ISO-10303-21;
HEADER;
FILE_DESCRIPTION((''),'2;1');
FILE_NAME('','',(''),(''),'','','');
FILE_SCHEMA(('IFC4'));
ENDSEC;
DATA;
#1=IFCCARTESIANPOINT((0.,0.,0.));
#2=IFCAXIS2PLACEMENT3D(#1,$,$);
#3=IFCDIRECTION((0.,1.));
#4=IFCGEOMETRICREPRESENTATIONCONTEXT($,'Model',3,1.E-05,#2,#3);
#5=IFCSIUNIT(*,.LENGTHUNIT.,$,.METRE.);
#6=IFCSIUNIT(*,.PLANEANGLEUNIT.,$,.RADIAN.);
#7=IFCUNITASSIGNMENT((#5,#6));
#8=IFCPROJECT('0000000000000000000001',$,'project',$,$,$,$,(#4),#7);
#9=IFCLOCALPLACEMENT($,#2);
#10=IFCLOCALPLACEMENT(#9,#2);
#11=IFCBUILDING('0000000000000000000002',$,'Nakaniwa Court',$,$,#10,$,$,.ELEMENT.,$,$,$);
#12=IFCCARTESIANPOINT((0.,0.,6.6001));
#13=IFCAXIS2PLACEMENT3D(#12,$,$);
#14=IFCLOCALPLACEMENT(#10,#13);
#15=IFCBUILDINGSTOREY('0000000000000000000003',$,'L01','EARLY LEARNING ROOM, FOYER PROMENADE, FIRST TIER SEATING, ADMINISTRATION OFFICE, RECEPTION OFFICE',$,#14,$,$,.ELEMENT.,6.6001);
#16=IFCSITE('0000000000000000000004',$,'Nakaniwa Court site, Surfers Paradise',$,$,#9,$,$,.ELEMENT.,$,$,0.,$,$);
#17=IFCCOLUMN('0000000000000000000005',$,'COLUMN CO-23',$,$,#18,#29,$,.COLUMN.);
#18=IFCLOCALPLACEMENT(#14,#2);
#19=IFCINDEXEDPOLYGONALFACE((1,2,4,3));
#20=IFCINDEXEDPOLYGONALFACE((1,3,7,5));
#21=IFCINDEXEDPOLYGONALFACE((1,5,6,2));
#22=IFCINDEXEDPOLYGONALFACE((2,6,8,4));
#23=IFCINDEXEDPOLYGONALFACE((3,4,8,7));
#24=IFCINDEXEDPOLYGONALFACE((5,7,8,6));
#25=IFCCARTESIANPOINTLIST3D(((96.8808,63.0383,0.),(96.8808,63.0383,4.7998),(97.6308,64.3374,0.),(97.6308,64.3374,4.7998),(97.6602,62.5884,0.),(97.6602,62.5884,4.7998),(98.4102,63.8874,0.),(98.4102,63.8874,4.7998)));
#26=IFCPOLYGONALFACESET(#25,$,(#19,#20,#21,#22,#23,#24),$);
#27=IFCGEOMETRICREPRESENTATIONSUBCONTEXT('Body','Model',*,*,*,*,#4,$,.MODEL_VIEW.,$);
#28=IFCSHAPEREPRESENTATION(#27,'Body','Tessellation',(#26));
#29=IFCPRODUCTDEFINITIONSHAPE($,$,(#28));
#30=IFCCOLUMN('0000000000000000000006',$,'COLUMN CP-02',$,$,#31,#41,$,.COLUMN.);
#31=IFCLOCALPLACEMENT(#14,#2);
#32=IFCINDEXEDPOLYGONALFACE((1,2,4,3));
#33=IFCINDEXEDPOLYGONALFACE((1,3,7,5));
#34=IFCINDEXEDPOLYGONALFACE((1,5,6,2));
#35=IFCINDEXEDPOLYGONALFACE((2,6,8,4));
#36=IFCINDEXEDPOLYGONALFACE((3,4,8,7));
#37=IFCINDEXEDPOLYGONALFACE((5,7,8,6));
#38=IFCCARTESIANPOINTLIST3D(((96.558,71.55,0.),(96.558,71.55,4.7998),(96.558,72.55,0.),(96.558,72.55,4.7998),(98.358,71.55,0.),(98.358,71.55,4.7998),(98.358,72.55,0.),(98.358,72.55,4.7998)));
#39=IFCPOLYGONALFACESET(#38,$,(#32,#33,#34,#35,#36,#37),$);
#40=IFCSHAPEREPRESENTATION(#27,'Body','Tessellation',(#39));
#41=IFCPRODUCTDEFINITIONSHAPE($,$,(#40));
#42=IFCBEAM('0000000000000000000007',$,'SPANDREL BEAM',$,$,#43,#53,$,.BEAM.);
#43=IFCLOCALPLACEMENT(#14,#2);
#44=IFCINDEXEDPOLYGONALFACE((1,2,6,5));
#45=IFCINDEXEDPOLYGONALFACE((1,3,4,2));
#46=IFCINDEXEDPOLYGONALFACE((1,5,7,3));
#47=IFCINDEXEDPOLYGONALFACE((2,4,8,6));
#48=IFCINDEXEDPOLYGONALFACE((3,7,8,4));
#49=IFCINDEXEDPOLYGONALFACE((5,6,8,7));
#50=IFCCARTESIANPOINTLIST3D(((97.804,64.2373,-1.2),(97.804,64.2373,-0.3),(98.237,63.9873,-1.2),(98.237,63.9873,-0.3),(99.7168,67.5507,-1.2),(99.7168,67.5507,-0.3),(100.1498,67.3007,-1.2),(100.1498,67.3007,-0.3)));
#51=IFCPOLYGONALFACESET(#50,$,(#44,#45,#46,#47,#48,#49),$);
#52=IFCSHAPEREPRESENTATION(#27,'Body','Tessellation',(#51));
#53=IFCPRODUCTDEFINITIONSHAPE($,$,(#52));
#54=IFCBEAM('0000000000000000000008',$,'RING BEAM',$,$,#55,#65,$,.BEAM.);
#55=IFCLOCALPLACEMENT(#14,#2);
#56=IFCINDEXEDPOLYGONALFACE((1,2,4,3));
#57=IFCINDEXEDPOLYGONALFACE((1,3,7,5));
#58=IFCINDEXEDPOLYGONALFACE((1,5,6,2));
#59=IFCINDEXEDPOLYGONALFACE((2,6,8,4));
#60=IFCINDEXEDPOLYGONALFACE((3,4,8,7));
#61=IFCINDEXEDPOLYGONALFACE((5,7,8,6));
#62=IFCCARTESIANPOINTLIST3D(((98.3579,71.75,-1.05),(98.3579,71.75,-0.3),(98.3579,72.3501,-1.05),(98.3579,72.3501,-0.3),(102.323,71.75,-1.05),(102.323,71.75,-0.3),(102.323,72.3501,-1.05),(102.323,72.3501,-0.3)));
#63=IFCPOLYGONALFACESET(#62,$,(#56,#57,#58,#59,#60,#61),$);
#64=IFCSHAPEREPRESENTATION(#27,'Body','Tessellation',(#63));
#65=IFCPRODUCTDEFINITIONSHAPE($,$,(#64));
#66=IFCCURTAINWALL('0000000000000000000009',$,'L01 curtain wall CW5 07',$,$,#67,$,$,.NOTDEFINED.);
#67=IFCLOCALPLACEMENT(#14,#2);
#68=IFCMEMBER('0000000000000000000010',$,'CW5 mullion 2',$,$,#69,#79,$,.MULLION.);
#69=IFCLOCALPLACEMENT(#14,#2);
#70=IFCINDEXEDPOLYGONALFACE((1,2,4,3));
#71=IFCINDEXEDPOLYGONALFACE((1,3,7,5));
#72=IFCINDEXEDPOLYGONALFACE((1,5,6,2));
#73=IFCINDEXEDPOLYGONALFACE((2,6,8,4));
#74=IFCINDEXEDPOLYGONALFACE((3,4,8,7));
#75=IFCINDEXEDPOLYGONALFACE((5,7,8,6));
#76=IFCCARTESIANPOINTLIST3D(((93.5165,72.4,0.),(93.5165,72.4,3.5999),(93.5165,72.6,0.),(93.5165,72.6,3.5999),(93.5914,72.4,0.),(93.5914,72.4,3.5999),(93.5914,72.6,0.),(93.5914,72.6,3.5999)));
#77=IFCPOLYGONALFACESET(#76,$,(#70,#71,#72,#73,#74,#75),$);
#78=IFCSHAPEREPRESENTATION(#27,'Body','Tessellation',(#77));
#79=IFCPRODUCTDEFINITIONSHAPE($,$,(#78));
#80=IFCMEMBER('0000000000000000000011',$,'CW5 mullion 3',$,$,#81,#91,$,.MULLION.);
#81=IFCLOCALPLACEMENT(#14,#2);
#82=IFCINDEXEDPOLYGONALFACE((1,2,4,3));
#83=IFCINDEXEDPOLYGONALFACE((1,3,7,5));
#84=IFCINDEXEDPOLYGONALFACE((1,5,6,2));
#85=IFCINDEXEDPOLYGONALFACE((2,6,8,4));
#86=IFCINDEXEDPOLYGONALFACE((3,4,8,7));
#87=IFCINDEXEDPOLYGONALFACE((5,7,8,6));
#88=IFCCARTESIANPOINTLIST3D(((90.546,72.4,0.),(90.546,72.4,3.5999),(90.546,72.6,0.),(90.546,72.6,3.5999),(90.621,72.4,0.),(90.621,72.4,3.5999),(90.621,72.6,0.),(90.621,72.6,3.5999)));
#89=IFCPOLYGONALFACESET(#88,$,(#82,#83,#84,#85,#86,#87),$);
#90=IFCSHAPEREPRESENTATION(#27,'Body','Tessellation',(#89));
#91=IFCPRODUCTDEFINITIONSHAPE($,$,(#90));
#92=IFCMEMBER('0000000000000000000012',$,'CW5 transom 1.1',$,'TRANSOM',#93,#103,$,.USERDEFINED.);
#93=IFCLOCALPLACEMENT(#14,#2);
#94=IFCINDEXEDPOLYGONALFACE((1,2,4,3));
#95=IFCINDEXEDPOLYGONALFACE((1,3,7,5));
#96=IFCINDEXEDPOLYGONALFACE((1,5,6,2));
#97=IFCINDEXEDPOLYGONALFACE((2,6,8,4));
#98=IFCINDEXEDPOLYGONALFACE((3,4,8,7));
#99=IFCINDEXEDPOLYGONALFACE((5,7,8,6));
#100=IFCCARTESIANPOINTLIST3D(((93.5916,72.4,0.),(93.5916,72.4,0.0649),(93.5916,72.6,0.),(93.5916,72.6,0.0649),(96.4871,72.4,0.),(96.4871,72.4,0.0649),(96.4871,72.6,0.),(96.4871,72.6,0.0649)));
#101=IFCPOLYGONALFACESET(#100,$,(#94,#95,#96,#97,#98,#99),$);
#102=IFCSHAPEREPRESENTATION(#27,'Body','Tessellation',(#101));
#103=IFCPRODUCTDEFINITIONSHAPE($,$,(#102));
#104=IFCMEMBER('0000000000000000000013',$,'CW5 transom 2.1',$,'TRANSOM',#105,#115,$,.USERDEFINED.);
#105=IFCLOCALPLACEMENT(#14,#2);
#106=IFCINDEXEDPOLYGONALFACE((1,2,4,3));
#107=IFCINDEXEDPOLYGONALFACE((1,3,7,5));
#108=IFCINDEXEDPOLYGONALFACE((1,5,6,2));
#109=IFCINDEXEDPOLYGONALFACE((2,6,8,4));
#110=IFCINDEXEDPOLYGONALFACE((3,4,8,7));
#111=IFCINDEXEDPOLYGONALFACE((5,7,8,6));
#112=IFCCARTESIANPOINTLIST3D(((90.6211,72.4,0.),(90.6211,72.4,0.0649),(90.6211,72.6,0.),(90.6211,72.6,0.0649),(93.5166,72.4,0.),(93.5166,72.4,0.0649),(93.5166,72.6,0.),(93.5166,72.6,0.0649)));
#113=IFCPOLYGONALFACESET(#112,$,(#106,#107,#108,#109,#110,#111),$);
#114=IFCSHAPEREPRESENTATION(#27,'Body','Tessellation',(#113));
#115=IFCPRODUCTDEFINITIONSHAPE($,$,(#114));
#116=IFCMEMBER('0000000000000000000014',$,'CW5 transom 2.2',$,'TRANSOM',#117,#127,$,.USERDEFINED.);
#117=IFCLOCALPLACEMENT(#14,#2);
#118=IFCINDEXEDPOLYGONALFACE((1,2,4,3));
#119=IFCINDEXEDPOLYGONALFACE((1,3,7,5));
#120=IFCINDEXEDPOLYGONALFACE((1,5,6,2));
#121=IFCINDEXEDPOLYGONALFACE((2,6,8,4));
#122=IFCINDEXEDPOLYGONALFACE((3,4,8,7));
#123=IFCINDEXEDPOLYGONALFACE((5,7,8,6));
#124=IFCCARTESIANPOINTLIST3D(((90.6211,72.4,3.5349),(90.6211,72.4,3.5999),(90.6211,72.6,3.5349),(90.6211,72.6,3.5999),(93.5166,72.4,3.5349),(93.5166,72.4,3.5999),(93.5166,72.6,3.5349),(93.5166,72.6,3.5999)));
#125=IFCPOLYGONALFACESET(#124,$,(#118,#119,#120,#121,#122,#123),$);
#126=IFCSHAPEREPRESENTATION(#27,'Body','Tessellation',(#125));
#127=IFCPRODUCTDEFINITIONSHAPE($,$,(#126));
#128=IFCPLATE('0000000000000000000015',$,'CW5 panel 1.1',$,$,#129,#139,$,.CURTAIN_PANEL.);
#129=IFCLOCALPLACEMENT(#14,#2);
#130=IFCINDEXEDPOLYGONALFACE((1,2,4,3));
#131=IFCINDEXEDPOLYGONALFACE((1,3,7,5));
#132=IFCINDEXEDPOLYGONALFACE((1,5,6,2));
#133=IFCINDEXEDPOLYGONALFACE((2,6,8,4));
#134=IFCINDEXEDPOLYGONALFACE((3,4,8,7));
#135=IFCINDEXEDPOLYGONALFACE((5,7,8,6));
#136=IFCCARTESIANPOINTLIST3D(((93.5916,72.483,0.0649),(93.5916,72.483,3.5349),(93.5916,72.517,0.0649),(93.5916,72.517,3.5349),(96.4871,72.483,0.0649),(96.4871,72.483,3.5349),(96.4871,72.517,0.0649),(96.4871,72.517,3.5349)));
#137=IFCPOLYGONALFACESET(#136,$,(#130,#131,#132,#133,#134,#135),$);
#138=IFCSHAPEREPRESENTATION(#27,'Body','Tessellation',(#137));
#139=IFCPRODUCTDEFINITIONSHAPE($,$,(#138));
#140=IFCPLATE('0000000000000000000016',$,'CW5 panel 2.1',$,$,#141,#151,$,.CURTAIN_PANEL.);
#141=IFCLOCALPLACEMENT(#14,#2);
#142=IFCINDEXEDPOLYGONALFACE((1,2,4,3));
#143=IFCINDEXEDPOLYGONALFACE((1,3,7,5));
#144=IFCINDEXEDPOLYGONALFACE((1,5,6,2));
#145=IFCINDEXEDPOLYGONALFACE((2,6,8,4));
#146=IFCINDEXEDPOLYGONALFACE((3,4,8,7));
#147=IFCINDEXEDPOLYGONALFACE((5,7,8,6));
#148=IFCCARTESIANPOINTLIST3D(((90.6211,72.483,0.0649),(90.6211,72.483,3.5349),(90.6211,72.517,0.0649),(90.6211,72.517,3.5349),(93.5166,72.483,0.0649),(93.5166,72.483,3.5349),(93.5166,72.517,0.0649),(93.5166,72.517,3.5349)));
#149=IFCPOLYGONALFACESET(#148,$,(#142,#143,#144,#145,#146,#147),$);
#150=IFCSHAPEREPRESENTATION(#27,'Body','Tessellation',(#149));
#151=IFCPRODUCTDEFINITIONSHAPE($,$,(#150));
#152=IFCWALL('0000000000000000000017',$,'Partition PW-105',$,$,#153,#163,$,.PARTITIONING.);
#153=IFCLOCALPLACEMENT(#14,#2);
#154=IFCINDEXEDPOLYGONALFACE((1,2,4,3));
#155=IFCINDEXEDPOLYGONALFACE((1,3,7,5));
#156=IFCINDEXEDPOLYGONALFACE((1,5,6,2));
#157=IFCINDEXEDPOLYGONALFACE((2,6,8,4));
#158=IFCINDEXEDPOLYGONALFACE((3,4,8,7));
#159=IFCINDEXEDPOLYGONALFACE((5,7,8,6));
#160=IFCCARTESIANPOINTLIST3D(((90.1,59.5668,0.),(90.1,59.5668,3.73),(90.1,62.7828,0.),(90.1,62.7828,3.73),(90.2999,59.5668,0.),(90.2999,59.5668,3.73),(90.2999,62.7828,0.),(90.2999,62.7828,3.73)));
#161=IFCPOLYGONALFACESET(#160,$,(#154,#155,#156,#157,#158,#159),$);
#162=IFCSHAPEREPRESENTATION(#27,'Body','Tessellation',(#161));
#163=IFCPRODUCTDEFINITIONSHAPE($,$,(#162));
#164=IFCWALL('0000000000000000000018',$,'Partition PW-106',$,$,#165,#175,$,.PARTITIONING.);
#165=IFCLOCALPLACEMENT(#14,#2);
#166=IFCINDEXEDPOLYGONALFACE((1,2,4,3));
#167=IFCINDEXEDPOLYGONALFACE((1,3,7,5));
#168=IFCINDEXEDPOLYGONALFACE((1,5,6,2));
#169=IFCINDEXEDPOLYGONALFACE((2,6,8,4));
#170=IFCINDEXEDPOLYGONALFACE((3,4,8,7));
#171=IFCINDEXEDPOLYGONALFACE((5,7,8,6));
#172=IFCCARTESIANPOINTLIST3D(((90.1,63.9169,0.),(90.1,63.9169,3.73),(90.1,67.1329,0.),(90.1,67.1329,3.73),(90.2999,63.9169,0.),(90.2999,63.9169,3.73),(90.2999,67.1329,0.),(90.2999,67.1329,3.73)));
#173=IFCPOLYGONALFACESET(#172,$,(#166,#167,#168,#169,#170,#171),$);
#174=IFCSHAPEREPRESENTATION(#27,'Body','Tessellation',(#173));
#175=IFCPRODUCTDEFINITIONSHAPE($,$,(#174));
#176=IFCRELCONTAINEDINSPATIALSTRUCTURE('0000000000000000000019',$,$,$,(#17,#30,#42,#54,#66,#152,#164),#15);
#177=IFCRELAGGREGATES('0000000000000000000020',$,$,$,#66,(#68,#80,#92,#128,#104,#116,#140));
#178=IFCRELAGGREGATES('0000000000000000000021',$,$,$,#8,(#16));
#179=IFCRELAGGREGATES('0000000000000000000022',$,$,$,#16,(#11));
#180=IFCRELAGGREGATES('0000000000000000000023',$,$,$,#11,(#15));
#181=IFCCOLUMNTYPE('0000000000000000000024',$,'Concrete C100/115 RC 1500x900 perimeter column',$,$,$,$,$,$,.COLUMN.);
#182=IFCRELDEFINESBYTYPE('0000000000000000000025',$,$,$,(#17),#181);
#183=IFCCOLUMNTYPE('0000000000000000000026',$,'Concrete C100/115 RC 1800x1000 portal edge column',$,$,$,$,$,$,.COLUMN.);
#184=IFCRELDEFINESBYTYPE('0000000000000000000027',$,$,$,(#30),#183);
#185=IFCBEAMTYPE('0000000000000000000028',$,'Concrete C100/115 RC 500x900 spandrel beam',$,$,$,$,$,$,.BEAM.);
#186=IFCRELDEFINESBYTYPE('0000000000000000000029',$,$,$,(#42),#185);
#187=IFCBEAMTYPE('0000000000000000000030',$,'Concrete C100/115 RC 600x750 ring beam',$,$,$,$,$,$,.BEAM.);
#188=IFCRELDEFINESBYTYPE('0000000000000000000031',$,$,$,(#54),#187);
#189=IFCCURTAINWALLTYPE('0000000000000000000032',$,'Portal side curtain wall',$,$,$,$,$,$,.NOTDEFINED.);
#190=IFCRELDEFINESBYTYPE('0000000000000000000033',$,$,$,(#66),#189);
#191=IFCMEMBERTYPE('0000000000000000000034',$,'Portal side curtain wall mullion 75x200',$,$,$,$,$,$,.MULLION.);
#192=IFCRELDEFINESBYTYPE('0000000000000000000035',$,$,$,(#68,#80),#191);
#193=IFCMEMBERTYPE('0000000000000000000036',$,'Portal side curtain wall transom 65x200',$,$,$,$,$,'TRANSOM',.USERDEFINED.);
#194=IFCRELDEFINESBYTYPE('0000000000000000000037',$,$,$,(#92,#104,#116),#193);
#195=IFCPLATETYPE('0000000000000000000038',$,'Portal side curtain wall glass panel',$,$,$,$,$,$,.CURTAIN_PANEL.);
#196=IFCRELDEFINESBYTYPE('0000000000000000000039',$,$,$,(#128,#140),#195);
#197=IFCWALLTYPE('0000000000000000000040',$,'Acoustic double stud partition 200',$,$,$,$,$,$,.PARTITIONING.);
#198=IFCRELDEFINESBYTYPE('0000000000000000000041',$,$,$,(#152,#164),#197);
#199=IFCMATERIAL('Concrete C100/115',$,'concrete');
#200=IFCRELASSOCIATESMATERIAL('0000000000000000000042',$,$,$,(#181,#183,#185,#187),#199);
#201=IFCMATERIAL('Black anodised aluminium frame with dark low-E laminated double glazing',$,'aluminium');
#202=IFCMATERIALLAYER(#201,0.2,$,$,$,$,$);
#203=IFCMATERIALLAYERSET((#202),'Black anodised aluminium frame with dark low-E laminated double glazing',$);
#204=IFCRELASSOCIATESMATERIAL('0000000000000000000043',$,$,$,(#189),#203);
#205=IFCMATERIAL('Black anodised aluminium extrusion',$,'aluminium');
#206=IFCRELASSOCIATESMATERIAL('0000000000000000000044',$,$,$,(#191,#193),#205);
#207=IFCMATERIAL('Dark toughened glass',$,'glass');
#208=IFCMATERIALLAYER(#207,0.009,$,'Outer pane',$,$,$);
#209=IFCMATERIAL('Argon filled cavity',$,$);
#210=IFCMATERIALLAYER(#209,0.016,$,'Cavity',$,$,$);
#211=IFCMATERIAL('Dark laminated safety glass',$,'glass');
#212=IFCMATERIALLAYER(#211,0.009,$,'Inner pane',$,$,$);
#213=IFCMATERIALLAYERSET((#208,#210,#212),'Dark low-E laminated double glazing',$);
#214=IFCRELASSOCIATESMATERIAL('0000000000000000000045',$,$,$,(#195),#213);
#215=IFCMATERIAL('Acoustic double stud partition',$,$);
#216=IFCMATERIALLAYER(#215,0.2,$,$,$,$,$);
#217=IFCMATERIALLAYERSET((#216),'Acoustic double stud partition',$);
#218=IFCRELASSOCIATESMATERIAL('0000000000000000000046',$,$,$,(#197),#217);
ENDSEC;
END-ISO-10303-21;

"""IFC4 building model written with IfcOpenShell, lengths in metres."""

from ifc_helpers import new_model, si_unit, direction, frame, frame_2d, origin, origin_2d, place, context, subcontext, project, spatial, rectangle, extrude, material, layer, layer_set, material_profile, profile_set, type_object, element, aggregate, save


model = new_model("IFC4")

# Units and contexts
model_context = context("Model", 3, precision=1e-05, world=origin(), true_north=direction((0.0, 1.0)))
body_context = subcontext(model_context, "Body", "Model", "MODEL_VIEW")
ifc_project = project(units=[si_unit("LENGTHUNIT", "METRE"), si_unit("PLANEANGLEUNIT", "RADIAN")], contexts=[model_context])

# Site, building, storey
site_placement = place(None, origin())
site = spatial("IfcSite", under=ifc_project, at=site_placement, Name="Nakaniwa Court site, Surfers Paradise", CompositionType="ELEMENT", RefElevation=0.0)
building_placement = place(site_placement, origin())
building = spatial("IfcBuilding", under=site, at=building_placement, Name="Nakaniwa Court", CompositionType="ELEMENT")
storey_placement = place(building_placement, frame((0.0, 0.0, 6.6001)))
storey = spatial("IfcBuildingStorey", under=building, at=storey_placement, Name="L01", Description="EARLY LEARNING ROOM, FOYER PROMENADE, FIRST TIER SEATING, ADMINISTRATION OFFICE, RECEPTION OFFICE", CompositionType="ELEMENT", Elevation=6.6001)

# Columns
ifc_material_1 = material(Name="Concrete C100/115", Category="concrete")
ifc_material_profile_1 = material_profile(ifc_material_1, rectangle(XDim=1.5, YDim=0.8999, at=origin_2d()), Name="Concrete C100/115 RC 1500x900 perimeter column")
ifc_profile_set_1 = profile_set([ifc_material_profile_1], Name="Concrete C100/115")
column_type_1 = type_object("IfcColumnType", Name="Concrete C100/115 RC 1500x900 perimeter column", PredefinedType="COLUMN", material=ifc_profile_set_1)
column_1_placement = place(storey_placement, frame((97.6455, 63.4629, 0.0), z_axis=(0.0, 0.0, 1.0), x_axis=(0.5, 0.866025, 0.0)))
element("IfcColumn", 1, at=column_1_placement, inside=storey, type_object=column_type_1, Name="COLUMN CO-23", PredefinedType="COLUMN", context=body_context, shape_type="SweptSolid", body=[
    extrude(rectangle(XDim=1.5, YDim=0.8999, at=origin_2d()), origin(), (0.0, 0.0, 1.0), 4.7998),
])
ifc_material_profile_2 = material_profile(ifc_material_1, rectangle(XDim=1.8, YDim=1.0, at=origin_2d()), Name="Concrete C100/115 RC 1800x1000 portal edge column")
ifc_profile_set_2 = profile_set([ifc_material_profile_2], Name="Concrete C100/115")
column_type_2 = type_object("IfcColumnType", Name="Concrete C100/115 RC 1800x1000 portal edge column", PredefinedType="COLUMN", material=ifc_profile_set_2)
column_2_placement = place(storey_placement, frame((97.458, 72.05, 0.0), z_axis=(0.0, 0.0, 1.0), x_axis=(1.0, 0.0, 0.0)))
element("IfcColumn", 2, at=column_2_placement, inside=storey, type_object=column_type_2, Name="COLUMN CP-02", PredefinedType="COLUMN", context=body_context, shape_type="SweptSolid", body=[
    extrude(rectangle(XDim=1.8, YDim=1.0, at=origin_2d()), origin(), (0.0, 0.0, 1.0), 4.7998),
])

# Beams
ifc_material_profile_3 = material_profile(ifc_material_1, rectangle(XDim=0.5, YDim=0.8999, at=origin_2d()), Name="Concrete C100/115 RC 500x900 spandrel beam")
ifc_profile_set_3 = profile_set([ifc_material_profile_3], Name="Concrete C100/115")
beam_type_1 = type_object("IfcBeamType", Name="Concrete C100/115 RC 500x900 spandrel beam", PredefinedType="BEAM", material=ifc_profile_set_3)
beam_1_placement = place(storey_placement, frame((98.0205, 64.1123, -0.75), z_axis=(0.499962, 0.866047, 0.0), x_axis=(-0.866047, 0.499962, 0.0)))
element("IfcBeam", 3, at=beam_1_placement, inside=storey, type_object=beam_type_1, Name="SPANDREL BEAM", PredefinedType="BEAM", context=body_context, shape_type="SweptSolid", body=[
    extrude(rectangle(XDim=0.5, YDim=0.8999, at=origin_2d()), origin(), (0.0, 0.0, 1.0), 3.8259),
])
ifc_material_profile_4 = material_profile(ifc_material_1, rectangle(XDim=0.6001, YDim=0.75, at=origin_2d()), Name="Concrete C100/115 RC 600x750 ring beam")
ifc_profile_set_4 = profile_set([ifc_material_profile_4], Name="Concrete C100/115")
beam_type_2 = type_object("IfcBeamType", Name="Concrete C100/115 RC 600x750 ring beam", PredefinedType="BEAM", material=ifc_profile_set_4)
beam_2_placement = place(storey_placement, frame((98.3579, 72.05, -0.675), z_axis=(1.0, 0.0, 0.0), x_axis=(0.0, 1.0, 0.0)))
element("IfcBeam", 4, at=beam_2_placement, inside=storey, type_object=beam_type_2, Name="RING BEAM", PredefinedType="BEAM", context=body_context, shape_type="SweptSolid", body=[
    extrude(rectangle(XDim=0.6001, YDim=0.75, at=origin_2d()), origin(), (0.0, 0.0, 1.0), 3.9651),
])

# Curtain wall, members, plates
ifc_material_2 = material(Name="Black anodised aluminium frame with dark low-E laminated double glazing", Category="aluminium")
ifc_layer_1 = layer(ifc_material_2, 0.2)
ifc_layer_set_1 = layer_set([ifc_layer_1], Name="Black anodised aluminium frame with dark low-E laminated double glazing")
curtain_wall_type = type_object("IfcCurtainWallType", Name="Portal side curtain wall", PredefinedType="NOTDEFINED", material=ifc_layer_set_1)
curtain_wall_placement = place(storey_placement, origin())
curtain_wall = element("IfcCurtainWall", 5, at=curtain_wall_placement, inside=storey, type_object=curtain_wall_type, Name="L01 curtain wall CW5 07", PredefinedType="NOTDEFINED")
ifc_material_3 = material(Name="Black anodised aluminium extrusion", Category="aluminium")
ifc_material_profile_5 = material_profile(ifc_material_3, rectangle(XDim=0.2, YDim=0.075, at=origin_2d()), Name="Portal side curtain wall mullion 75x200")
ifc_profile_set_5 = profile_set([ifc_material_profile_5], Name="Black anodised aluminium extrusion")
member_type_1 = type_object("IfcMemberType", Name="Portal side curtain wall mullion 75x200", PredefinedType="MULLION", material=ifc_profile_set_5)
member_1_placement = place(storey_placement, frame((93.554, 72.5, 0.0), z_axis=(0.0, 0.0, 1.0), x_axis=(0.0, -1.0, 0.0)))
member_1 = element("IfcMember", 6, at=member_1_placement, type_object=member_type_1, Name="CW5 mullion 2", PredefinedType="MULLION", context=body_context, shape_type="SweptSolid", body=[
    extrude(rectangle(XDim=0.2, YDim=0.075, at=origin_2d()), origin(), (0.0, 0.0, 1.0), 3.5999),
])
member_2_placement = place(storey_placement, frame((90.5835, 72.5, 0.0), z_axis=(0.0, 0.0, 1.0), x_axis=(0.0, -1.0, 0.0)))
member_2 = element("IfcMember", 7, at=member_2_placement, type_object=member_type_1, Name="CW5 mullion 3", PredefinedType="MULLION", context=body_context, shape_type="SweptSolid", body=[
    extrude(rectangle(XDim=0.2, YDim=0.075, at=origin_2d()), origin(), (0.0, 0.0, 1.0), 3.5999),
])
ifc_material_profile_6 = material_profile(ifc_material_3, rectangle(XDim=0.2, YDim=0.0649, at=origin_2d()), Name="Portal side curtain wall transom 65x200")
ifc_profile_set_6 = profile_set([ifc_material_profile_6], Name="Black anodised aluminium extrusion")
member_type_2 = type_object("IfcMemberType", Name="Portal side curtain wall transom 65x200", ElementType="TRANSOM", PredefinedType="USERDEFINED", material=ifc_profile_set_6)
member_3_placement = place(storey_placement, frame((96.4871, 72.5, 0.0325), z_axis=(-1.0, 0.0, 0.0), x_axis=(0.0, -1.0, 0.0)))
member_3 = element("IfcMember", 8, at=member_3_placement, type_object=member_type_2, Name="CW5 transom 1.1", ObjectType="TRANSOM", PredefinedType="USERDEFINED", context=body_context, shape_type="SweptSolid", body=[
    extrude(rectangle(XDim=0.2, YDim=0.0649, at=origin_2d()), origin(), (0.0, 0.0, 1.0), 2.8955),
])
member_4_placement = place(storey_placement, frame((93.5166, 72.5, 0.0325), z_axis=(-1.0, 0.0, 0.0), x_axis=(0.0, -1.0, 0.0)))
member_4 = element("IfcMember", 9, at=member_4_placement, type_object=member_type_2, Name="CW5 transom 2.1", ObjectType="TRANSOM", PredefinedType="USERDEFINED", context=body_context, shape_type="SweptSolid", body=[
    extrude(rectangle(XDim=0.2, YDim=0.0649, at=origin_2d()), origin(), (0.0, 0.0, 1.0), 2.8955),
])
member_5_placement = place(storey_placement, frame((93.5166, 72.5, 3.5674), z_axis=(-1.0, 0.0, 0.0), x_axis=(0.0, -1.0, 0.0)))
member_5 = element("IfcMember", 10, at=member_5_placement, type_object=member_type_2, Name="CW5 transom 2.2", ObjectType="TRANSOM", PredefinedType="USERDEFINED", context=body_context, shape_type="SweptSolid", body=[
    extrude(rectangle(XDim=0.2, YDim=0.0649, at=origin_2d()), origin(), (0.0, 0.0, 1.0), 2.8955),
])
ifc_material_4 = material(Name="Dark toughened glass", Category="glass")
ifc_layer_2 = layer(ifc_material_4, 0.009, Name="Outer pane")
ifc_material_5 = material(Name="Argon filled cavity")
ifc_layer_3 = layer(ifc_material_5, 0.016, Name="Cavity")
ifc_material_6 = material(Name="Dark laminated safety glass", Category="glass")
ifc_layer_4 = layer(ifc_material_6, 0.009, Name="Inner pane")
ifc_layer_set_2 = layer_set([ifc_layer_2, ifc_layer_3, ifc_layer_4], Name="Dark low-E laminated double glazing")
plate_type = type_object("IfcPlateType", Name="Portal side curtain wall glass panel", PredefinedType="CURTAIN_PANEL", material=ifc_layer_set_2)
plate_1_placement = place(storey_placement, frame((95.0393, 72.5, 0.0649), z_axis=(0.0, 0.0, 1.0), x_axis=(-1.0, 0.0, 0.0)))
plate_1 = element("IfcPlate", 11, at=plate_1_placement, type_object=plate_type, Name="CW5 panel 1.1", PredefinedType="CURTAIN_PANEL", context=body_context, shape_type="SweptSolid", body=[
    extrude(rectangle(XDim=2.8955, YDim=0.0339, at=origin_2d()), origin(), (0.0, 0.0, 1.0), 3.47),
])
plate_2_placement = place(storey_placement, frame((92.0688, 72.5, 0.0649), z_axis=(0.0, 0.0, 1.0), x_axis=(-1.0, 0.0, 0.0)))
plate_2 = element("IfcPlate", 12, at=plate_2_placement, type_object=plate_type, Name="CW5 panel 2.1", PredefinedType="CURTAIN_PANEL", context=body_context, shape_type="SweptSolid", body=[
    extrude(rectangle(XDim=2.8955, YDim=0.0339, at=origin_2d()), origin(), (0.0, 0.0, 1.0), 3.47),
])
aggregate(curtain_wall, [member_1, member_2, member_3, plate_1, member_4, member_5, plate_2])

# Walls
ifc_material_7 = material(Name="Acoustic double stud partition")
ifc_layer_5 = layer(ifc_material_7, 0.2)
ifc_layer_set_3 = layer_set([ifc_layer_5], Name="Acoustic double stud partition")
wall_type_1 = type_object("IfcWallType", Name="Acoustic double stud partition 200", PredefinedType="PARTITIONING", material=ifc_layer_set_3)
for number, where, z_axis, x_axis, name in (
    (13, (90.2, 59.5669, 0.0), (0.0, 0.0, 1.0), (0.0, 1.0, 0.0), "Partition PW-105"),
    (14, (90.2, 63.917, 0.0), (0.0, 0.0, 1.0), (0.0, 1.0, 0.0), "Partition PW-106"),
):
    element("IfcWall", number, at=place(storey_placement, frame(where, z_axis=z_axis, x_axis=x_axis)), inside=storey, type_object=wall_type_1, Name=name, PredefinedType="PARTITIONING", context=body_context, shape_type="SweptSolid", body=[
        extrude(rectangle(XDim=3.2161, YDim=0.2, at=frame_2d((1.6079, 0.0))), origin(), (0.0, 0.0, 1.0), 3.73),
    ])

save(model, "model.ifc")
